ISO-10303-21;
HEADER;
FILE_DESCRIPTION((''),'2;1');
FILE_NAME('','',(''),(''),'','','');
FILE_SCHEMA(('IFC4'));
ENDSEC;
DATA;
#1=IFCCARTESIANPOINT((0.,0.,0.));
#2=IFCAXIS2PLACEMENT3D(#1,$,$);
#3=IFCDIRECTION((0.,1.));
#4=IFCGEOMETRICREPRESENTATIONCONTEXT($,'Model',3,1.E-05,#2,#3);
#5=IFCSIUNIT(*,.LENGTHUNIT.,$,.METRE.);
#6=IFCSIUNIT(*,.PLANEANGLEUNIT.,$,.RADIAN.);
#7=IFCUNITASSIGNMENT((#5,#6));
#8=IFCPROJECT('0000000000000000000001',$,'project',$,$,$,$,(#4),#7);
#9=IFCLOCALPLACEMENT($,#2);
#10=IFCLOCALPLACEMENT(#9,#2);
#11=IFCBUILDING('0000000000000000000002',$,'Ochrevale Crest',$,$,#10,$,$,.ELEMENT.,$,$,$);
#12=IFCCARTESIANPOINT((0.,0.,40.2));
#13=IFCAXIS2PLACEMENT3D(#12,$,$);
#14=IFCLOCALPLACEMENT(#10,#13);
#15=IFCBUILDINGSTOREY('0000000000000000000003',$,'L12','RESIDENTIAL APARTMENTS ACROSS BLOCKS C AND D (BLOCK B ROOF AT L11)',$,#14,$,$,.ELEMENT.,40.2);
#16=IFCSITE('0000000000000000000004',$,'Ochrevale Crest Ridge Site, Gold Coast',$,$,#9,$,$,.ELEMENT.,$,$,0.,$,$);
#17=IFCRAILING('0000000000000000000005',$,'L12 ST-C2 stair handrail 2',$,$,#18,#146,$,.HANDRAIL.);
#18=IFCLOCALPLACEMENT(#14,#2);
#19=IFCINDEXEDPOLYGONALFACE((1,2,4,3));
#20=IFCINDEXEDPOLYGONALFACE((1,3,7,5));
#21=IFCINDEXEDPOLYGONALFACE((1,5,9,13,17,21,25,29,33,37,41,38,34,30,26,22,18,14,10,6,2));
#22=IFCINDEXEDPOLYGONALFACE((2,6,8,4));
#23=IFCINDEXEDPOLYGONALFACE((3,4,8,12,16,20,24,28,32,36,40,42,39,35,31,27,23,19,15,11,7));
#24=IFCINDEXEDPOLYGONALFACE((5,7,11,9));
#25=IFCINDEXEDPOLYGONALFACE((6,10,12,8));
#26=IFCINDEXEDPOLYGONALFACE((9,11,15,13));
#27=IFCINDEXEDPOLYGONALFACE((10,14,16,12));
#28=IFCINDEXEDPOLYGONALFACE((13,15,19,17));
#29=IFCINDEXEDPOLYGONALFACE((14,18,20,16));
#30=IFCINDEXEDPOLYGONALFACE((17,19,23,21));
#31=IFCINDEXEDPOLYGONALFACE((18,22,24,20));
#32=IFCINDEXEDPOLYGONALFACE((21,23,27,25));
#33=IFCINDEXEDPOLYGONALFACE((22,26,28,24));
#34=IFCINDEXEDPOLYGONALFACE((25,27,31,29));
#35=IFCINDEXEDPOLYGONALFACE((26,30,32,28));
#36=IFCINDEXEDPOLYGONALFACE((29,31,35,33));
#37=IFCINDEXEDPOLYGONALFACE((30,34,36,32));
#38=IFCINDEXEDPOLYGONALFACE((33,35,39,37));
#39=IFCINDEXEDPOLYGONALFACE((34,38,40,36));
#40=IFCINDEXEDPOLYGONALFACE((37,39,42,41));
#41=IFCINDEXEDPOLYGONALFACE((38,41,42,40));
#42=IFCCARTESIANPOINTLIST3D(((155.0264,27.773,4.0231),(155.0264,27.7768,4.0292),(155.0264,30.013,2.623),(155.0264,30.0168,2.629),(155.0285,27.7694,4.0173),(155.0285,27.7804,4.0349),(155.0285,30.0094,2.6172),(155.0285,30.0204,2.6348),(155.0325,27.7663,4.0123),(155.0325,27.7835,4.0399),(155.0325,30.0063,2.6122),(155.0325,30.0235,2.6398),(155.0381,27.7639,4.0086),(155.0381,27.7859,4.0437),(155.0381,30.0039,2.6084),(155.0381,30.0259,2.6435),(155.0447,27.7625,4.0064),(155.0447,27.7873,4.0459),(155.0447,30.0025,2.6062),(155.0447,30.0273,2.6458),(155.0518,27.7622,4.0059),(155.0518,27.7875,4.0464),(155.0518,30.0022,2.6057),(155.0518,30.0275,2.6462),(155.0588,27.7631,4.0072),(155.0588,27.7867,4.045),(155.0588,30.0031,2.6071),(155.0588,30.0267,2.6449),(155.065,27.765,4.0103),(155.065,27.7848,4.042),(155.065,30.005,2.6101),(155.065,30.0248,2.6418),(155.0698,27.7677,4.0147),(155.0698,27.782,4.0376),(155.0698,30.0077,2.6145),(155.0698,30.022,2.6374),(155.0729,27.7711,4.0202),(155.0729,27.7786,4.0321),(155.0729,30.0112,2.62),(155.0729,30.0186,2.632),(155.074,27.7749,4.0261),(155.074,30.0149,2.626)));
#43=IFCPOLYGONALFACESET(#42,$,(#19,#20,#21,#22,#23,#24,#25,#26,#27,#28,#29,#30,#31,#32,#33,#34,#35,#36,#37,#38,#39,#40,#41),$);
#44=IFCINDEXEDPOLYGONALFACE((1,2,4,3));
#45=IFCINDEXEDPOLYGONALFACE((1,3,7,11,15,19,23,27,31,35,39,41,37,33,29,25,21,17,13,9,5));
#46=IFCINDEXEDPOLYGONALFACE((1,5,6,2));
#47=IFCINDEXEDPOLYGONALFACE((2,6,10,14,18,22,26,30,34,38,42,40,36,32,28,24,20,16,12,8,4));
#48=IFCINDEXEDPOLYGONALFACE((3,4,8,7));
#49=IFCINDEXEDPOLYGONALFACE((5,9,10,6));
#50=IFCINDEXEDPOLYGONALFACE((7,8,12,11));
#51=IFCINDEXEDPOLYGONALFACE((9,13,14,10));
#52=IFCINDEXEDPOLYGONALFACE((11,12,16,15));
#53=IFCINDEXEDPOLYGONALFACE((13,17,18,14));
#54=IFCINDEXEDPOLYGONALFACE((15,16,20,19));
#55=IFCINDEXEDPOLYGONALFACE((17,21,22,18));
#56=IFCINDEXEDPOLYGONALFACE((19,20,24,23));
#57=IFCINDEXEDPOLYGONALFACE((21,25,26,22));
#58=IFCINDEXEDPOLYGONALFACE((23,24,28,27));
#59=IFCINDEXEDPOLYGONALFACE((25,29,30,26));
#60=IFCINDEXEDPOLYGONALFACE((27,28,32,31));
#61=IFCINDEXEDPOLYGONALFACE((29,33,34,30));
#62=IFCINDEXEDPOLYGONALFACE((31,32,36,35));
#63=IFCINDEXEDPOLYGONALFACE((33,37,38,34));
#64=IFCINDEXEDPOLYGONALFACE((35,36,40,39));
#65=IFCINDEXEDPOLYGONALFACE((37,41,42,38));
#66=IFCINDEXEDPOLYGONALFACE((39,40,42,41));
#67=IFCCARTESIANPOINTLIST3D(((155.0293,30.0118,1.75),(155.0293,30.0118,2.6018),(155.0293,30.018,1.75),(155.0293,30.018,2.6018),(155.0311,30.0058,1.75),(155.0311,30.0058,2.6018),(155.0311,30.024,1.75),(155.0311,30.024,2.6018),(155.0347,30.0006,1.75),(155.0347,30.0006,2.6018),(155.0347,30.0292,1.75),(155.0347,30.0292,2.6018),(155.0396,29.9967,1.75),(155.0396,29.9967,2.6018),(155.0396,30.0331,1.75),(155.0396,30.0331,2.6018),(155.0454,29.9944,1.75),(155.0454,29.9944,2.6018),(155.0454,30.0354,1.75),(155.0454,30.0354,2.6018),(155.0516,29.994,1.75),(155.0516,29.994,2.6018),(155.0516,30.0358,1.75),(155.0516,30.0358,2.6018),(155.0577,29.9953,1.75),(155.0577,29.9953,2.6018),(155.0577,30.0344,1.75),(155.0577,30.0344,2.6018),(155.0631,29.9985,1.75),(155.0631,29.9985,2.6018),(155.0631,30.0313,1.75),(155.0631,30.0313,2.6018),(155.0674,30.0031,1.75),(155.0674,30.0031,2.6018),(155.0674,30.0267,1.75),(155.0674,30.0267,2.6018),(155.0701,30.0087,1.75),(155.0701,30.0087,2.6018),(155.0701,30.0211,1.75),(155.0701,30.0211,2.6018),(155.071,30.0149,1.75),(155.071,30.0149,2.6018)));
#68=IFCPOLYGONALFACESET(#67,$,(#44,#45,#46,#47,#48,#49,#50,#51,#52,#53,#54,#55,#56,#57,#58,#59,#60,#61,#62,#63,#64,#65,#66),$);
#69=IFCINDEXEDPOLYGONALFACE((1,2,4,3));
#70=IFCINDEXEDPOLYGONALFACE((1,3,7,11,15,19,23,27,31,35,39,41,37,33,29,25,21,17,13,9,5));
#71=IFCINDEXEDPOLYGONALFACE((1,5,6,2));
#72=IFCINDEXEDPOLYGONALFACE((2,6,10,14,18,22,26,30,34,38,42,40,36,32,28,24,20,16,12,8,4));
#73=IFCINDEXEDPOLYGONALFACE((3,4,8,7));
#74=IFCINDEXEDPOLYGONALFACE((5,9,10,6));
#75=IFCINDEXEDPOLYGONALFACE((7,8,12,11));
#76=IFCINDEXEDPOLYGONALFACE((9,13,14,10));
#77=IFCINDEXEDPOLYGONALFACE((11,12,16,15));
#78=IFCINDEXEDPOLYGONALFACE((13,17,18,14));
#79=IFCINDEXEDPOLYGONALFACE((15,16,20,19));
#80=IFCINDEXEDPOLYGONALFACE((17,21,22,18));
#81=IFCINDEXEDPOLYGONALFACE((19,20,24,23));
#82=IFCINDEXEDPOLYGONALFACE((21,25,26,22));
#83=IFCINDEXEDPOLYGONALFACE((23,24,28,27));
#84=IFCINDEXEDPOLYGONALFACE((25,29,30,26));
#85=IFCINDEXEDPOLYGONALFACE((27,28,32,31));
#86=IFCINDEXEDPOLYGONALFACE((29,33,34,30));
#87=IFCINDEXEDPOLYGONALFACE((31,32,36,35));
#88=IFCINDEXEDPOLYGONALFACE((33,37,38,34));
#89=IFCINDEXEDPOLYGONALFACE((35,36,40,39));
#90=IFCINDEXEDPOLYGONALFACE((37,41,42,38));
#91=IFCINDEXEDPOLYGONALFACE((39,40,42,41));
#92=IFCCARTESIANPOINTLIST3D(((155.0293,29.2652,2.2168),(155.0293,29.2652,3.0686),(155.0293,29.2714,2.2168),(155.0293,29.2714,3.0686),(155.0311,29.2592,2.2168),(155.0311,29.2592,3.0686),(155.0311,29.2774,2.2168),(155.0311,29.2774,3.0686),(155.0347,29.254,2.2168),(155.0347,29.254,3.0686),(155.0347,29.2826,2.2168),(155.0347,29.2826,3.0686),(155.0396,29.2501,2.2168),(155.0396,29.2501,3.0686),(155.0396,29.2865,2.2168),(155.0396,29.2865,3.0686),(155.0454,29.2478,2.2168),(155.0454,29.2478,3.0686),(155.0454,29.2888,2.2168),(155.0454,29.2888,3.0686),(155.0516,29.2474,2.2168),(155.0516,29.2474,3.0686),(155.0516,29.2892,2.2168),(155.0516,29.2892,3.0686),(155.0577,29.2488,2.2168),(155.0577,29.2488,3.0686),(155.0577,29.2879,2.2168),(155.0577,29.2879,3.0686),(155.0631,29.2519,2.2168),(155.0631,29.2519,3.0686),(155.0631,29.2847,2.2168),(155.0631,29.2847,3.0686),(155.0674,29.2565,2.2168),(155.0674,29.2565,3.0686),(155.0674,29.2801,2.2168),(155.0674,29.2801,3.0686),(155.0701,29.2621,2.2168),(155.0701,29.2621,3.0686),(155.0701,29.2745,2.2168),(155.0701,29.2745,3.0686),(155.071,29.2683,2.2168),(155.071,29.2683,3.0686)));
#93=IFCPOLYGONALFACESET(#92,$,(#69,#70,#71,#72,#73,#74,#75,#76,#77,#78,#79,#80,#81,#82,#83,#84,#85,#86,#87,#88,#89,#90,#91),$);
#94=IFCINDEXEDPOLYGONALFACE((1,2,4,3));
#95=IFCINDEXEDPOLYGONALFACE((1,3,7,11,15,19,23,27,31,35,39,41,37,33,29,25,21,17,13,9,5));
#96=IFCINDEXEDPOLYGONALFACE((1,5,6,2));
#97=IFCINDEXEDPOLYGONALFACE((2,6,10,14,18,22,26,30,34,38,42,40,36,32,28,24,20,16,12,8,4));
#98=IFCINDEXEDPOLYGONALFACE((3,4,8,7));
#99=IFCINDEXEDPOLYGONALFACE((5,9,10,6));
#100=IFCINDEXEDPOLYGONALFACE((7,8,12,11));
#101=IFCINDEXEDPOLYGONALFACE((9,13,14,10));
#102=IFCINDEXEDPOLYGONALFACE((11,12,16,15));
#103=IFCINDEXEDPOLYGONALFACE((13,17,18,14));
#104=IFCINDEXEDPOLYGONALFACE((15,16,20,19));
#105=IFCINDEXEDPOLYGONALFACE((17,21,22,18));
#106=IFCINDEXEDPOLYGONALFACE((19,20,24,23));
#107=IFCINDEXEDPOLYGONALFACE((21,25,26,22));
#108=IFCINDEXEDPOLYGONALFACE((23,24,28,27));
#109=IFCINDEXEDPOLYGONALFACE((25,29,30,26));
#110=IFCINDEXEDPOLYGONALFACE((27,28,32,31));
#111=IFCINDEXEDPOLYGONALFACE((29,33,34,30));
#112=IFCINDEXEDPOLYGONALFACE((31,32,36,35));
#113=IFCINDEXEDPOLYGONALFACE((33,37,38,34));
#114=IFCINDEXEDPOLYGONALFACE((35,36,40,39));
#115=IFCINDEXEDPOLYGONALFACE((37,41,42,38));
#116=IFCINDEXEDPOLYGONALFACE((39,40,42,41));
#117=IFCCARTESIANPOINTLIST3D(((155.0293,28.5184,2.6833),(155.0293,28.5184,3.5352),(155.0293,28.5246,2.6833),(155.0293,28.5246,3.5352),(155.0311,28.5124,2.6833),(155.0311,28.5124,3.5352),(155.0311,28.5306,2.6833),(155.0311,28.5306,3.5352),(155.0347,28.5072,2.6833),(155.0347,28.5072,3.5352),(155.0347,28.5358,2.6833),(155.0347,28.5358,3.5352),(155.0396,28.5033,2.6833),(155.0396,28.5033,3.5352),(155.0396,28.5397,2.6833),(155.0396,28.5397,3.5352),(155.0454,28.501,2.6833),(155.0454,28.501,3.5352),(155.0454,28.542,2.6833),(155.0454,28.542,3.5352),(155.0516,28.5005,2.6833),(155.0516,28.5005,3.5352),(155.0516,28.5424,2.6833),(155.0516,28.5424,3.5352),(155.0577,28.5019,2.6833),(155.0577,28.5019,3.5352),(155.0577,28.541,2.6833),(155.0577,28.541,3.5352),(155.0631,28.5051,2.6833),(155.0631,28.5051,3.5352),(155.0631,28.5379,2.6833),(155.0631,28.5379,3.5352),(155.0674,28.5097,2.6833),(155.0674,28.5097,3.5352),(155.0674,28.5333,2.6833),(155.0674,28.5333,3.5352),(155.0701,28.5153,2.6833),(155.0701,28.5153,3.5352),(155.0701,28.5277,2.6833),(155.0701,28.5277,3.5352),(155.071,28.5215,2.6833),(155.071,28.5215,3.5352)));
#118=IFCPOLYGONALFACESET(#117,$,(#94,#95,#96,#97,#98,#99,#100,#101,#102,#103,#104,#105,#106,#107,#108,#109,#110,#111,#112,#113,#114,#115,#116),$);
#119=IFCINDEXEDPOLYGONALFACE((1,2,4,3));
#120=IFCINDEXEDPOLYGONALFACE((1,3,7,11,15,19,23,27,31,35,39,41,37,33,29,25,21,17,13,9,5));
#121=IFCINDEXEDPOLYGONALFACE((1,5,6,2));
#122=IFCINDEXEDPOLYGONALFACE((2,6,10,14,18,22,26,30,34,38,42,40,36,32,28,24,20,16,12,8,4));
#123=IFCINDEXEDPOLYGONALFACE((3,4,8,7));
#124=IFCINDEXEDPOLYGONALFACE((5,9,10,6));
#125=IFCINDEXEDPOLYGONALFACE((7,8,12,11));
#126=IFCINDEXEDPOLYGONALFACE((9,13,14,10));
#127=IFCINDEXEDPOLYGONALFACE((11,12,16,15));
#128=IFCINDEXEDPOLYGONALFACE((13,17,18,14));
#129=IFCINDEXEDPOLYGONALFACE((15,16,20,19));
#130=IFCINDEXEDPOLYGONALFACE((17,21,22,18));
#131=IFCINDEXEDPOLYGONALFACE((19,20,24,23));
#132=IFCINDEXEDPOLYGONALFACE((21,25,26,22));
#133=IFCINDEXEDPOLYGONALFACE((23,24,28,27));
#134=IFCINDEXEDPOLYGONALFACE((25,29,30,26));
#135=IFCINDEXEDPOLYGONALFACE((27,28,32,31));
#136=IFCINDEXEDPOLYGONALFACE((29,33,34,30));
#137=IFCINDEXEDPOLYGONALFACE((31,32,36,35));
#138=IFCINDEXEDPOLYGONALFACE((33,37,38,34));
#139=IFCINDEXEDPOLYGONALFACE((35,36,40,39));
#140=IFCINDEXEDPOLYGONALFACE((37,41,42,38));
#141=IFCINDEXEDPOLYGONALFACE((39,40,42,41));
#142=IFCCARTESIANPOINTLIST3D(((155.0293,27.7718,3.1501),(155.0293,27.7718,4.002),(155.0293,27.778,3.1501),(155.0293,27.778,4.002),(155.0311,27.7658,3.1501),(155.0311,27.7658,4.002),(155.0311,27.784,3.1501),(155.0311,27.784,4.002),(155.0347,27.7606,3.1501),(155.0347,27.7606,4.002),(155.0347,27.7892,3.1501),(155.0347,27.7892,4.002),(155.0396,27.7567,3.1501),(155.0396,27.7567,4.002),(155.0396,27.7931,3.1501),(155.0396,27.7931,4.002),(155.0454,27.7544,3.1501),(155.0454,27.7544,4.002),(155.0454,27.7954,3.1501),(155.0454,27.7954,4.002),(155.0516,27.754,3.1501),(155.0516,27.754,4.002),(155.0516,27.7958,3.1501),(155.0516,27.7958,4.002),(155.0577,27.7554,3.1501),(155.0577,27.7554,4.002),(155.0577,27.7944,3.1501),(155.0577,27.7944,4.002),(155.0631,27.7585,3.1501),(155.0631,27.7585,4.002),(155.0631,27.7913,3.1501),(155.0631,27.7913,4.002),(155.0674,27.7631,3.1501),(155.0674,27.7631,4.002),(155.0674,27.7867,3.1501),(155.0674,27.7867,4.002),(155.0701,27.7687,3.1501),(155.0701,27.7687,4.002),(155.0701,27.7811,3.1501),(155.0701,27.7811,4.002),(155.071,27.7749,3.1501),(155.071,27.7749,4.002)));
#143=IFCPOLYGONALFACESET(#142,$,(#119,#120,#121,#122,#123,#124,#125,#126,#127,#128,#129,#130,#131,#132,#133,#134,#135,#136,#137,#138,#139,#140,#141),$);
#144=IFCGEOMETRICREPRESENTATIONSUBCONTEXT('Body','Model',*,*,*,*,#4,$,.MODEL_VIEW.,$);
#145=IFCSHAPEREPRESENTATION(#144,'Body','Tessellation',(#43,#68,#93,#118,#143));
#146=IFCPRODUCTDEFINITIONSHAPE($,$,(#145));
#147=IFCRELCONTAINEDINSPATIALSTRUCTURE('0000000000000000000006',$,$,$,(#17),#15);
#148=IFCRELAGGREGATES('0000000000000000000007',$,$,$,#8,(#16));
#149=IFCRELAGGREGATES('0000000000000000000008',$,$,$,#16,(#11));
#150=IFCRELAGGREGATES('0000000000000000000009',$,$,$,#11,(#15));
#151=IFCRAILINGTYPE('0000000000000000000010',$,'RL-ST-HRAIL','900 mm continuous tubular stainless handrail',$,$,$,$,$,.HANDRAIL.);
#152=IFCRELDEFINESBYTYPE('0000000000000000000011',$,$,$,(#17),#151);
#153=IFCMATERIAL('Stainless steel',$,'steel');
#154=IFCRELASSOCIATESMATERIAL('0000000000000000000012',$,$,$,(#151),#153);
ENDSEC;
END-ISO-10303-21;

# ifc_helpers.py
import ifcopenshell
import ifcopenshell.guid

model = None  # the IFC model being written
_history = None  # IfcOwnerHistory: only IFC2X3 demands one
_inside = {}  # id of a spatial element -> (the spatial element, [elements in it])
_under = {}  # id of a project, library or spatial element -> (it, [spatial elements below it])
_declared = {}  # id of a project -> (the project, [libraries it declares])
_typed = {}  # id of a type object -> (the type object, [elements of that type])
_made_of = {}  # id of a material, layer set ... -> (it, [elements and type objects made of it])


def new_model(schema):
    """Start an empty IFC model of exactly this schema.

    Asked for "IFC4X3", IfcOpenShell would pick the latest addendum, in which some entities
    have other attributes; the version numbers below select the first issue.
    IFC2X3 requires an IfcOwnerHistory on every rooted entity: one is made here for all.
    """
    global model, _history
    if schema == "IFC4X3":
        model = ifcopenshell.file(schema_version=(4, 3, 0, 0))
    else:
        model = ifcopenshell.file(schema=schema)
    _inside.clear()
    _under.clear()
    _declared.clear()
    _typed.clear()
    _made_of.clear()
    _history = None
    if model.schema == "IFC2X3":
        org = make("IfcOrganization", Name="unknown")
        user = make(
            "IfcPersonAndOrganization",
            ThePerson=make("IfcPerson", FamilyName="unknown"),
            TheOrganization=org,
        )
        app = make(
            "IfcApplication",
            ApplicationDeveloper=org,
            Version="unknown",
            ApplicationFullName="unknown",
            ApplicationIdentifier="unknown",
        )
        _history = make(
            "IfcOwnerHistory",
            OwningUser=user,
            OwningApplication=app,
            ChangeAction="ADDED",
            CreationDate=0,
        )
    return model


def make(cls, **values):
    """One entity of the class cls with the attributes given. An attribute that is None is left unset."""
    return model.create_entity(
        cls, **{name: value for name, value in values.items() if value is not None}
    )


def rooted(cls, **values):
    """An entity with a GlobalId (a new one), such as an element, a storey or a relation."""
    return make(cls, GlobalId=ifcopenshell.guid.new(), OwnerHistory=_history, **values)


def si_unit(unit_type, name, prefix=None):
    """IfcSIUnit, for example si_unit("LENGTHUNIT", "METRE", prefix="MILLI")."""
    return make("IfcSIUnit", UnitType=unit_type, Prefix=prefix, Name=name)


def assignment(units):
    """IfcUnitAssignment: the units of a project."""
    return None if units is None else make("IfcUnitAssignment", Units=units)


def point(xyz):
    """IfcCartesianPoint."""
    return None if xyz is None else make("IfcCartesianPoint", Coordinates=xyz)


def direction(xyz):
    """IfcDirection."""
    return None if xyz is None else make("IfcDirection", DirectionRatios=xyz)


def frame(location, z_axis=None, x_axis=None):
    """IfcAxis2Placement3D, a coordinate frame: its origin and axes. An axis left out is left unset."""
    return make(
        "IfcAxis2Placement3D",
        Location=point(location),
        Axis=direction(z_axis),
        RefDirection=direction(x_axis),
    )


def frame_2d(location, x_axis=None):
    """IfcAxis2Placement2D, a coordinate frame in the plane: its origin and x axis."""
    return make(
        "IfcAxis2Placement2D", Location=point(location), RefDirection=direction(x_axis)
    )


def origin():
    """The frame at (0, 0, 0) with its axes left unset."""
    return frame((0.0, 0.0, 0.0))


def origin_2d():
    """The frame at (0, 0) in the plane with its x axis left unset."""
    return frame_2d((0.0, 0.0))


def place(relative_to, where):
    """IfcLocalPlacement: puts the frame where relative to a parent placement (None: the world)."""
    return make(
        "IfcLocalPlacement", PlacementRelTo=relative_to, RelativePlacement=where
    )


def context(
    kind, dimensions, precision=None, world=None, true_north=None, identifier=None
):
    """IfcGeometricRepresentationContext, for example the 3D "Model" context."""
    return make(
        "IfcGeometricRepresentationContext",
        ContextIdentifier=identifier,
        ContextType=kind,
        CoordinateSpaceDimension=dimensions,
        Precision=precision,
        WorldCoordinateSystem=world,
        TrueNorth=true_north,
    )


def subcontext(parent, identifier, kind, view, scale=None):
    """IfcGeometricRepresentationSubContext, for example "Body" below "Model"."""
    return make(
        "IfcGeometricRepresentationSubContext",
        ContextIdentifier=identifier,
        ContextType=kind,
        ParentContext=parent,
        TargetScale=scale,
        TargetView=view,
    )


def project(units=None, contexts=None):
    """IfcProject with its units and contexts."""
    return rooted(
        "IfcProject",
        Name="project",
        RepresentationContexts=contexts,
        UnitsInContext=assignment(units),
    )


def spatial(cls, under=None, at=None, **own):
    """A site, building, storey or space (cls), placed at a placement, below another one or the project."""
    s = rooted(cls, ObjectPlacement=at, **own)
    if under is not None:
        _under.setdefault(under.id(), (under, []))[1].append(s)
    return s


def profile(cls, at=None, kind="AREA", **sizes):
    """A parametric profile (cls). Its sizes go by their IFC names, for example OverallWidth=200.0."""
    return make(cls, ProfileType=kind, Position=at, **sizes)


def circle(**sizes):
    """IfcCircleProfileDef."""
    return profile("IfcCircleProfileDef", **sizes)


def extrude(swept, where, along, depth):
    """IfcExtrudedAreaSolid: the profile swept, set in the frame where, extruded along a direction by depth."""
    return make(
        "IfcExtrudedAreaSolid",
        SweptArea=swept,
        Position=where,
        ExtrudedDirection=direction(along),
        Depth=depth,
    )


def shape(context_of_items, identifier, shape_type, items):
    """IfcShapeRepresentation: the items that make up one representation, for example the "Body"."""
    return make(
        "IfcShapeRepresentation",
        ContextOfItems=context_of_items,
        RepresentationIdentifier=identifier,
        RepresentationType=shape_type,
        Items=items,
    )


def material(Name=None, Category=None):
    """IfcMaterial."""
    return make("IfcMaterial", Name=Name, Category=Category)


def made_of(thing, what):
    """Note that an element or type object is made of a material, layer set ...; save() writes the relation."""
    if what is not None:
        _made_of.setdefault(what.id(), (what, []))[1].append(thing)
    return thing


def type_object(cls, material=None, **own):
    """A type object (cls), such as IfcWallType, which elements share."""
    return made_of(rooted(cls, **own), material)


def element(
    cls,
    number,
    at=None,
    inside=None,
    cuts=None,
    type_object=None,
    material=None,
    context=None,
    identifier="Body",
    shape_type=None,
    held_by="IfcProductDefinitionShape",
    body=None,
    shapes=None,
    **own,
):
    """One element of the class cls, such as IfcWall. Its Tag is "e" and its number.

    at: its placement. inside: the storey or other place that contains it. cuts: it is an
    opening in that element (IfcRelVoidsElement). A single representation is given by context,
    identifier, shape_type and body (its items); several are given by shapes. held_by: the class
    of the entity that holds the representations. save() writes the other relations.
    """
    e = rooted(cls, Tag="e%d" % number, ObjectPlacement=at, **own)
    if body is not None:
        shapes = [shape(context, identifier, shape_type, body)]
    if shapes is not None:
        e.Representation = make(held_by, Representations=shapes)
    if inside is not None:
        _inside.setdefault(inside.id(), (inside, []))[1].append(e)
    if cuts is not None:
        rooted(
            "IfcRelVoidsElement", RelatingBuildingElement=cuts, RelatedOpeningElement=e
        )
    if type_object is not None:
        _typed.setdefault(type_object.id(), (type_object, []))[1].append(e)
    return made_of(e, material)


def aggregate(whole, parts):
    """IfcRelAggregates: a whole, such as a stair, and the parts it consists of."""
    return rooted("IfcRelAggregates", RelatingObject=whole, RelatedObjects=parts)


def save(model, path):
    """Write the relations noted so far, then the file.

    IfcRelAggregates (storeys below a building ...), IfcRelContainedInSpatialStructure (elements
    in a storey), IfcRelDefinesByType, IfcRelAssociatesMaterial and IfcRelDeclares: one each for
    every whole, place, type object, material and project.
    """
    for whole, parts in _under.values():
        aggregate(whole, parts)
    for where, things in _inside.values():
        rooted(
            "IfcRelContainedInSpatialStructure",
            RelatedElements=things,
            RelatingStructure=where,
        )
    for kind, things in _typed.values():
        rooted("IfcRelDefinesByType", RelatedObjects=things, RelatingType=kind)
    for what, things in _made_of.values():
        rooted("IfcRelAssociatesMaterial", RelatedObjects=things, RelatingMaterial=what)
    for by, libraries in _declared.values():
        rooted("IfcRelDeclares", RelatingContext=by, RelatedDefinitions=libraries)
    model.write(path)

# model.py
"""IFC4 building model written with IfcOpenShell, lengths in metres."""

from ifc_helpers import new_model, si_unit, direction, frame, origin, origin_2d, place, context, subcontext, project, spatial, circle, extrude, material, type_object, element, save


model = new_model("IFC4")

# Units and contexts
model_context = context("Model", 3, precision=1e-05, world=origin(), true_north=direction((0.0, 1.0)))
body_context = subcontext(model_context, "Body", "Model", "MODEL_VIEW")
ifc_project = project(units=[si_unit("LENGTHUNIT", "METRE"), si_unit("PLANEANGLEUNIT", "RADIAN")], contexts=[model_context])

# Site, building, storey
site_placement = place(None, origin())
site = spatial("IfcSite", under=ifc_project, at=site_placement, Name="Ochrevale Crest Ridge Site, Gold Coast", CompositionType="ELEMENT", RefElevation=0.0)
building_placement = place(site_placement, origin())
building = spatial("IfcBuilding", under=site, at=building_placement, Name="Ochrevale Crest", CompositionType="ELEMENT")
storey_placement = place(building_placement, frame((0.0, 0.0, 40.2)))
storey = spatial("IfcBuildingStorey", under=building, at=storey_placement, Name="L12", Description="RESIDENTIAL APARTMENTS ACROSS BLOCKS C AND D (BLOCK B ROOF AT L11)", CompositionType="ELEMENT", Elevation=40.2)

# Railing
ifc_material_1 = material(Name="Stainless steel", Category="steel")
railing_type_1 = type_object("IfcRailingType", Name="RL-ST-HRAIL", Description="900 mm continuous tubular stainless handrail", PredefinedType="HANDRAIL", material=ifc_material_1)
railing_1_placement = place(storey_placement, frame((155.05, 30.0149, 1.75)))
element("IfcRailing", 1, at=railing_1_placement, inside=storey, type_object=railing_type_1, Name="L12 ST-C2 stair handrail 2", PredefinedType="HANDRAIL", context=body_context, shape_type="SweptSolid", body=[
    extrude(circle(Radius=0.0239, at=origin_2d()), frame((0.0, 0.0, 0.876), z_axis=(0.0, -0.847972, 0.53004), x_axis=(1.0, 0.0, 0.0)), (0.0, 0.0, 1.0), 2.6416),
    extrude(circle(Radius=0.021, at=origin_2d()), origin(), (0.0, 0.0, 1.0), 0.8518),
    extrude(circle(Radius=0.021, at=origin_2d()), frame((0.0, -0.7466, 0.4668)), (0.0, 0.0, 1.0), 0.8518),
    extrude(circle(Radius=0.021, at=origin_2d()), frame((0.0, -1.4934, 0.9333)), (0.0, 0.0, 1.0), 0.8518),
    extrude(circle(Radius=0.021, at=origin_2d()), frame((0.0, -2.24, 1.4001)), (0.0, 0.0, 1.0), 0.8518),
])

save(model, "model.ifc")
